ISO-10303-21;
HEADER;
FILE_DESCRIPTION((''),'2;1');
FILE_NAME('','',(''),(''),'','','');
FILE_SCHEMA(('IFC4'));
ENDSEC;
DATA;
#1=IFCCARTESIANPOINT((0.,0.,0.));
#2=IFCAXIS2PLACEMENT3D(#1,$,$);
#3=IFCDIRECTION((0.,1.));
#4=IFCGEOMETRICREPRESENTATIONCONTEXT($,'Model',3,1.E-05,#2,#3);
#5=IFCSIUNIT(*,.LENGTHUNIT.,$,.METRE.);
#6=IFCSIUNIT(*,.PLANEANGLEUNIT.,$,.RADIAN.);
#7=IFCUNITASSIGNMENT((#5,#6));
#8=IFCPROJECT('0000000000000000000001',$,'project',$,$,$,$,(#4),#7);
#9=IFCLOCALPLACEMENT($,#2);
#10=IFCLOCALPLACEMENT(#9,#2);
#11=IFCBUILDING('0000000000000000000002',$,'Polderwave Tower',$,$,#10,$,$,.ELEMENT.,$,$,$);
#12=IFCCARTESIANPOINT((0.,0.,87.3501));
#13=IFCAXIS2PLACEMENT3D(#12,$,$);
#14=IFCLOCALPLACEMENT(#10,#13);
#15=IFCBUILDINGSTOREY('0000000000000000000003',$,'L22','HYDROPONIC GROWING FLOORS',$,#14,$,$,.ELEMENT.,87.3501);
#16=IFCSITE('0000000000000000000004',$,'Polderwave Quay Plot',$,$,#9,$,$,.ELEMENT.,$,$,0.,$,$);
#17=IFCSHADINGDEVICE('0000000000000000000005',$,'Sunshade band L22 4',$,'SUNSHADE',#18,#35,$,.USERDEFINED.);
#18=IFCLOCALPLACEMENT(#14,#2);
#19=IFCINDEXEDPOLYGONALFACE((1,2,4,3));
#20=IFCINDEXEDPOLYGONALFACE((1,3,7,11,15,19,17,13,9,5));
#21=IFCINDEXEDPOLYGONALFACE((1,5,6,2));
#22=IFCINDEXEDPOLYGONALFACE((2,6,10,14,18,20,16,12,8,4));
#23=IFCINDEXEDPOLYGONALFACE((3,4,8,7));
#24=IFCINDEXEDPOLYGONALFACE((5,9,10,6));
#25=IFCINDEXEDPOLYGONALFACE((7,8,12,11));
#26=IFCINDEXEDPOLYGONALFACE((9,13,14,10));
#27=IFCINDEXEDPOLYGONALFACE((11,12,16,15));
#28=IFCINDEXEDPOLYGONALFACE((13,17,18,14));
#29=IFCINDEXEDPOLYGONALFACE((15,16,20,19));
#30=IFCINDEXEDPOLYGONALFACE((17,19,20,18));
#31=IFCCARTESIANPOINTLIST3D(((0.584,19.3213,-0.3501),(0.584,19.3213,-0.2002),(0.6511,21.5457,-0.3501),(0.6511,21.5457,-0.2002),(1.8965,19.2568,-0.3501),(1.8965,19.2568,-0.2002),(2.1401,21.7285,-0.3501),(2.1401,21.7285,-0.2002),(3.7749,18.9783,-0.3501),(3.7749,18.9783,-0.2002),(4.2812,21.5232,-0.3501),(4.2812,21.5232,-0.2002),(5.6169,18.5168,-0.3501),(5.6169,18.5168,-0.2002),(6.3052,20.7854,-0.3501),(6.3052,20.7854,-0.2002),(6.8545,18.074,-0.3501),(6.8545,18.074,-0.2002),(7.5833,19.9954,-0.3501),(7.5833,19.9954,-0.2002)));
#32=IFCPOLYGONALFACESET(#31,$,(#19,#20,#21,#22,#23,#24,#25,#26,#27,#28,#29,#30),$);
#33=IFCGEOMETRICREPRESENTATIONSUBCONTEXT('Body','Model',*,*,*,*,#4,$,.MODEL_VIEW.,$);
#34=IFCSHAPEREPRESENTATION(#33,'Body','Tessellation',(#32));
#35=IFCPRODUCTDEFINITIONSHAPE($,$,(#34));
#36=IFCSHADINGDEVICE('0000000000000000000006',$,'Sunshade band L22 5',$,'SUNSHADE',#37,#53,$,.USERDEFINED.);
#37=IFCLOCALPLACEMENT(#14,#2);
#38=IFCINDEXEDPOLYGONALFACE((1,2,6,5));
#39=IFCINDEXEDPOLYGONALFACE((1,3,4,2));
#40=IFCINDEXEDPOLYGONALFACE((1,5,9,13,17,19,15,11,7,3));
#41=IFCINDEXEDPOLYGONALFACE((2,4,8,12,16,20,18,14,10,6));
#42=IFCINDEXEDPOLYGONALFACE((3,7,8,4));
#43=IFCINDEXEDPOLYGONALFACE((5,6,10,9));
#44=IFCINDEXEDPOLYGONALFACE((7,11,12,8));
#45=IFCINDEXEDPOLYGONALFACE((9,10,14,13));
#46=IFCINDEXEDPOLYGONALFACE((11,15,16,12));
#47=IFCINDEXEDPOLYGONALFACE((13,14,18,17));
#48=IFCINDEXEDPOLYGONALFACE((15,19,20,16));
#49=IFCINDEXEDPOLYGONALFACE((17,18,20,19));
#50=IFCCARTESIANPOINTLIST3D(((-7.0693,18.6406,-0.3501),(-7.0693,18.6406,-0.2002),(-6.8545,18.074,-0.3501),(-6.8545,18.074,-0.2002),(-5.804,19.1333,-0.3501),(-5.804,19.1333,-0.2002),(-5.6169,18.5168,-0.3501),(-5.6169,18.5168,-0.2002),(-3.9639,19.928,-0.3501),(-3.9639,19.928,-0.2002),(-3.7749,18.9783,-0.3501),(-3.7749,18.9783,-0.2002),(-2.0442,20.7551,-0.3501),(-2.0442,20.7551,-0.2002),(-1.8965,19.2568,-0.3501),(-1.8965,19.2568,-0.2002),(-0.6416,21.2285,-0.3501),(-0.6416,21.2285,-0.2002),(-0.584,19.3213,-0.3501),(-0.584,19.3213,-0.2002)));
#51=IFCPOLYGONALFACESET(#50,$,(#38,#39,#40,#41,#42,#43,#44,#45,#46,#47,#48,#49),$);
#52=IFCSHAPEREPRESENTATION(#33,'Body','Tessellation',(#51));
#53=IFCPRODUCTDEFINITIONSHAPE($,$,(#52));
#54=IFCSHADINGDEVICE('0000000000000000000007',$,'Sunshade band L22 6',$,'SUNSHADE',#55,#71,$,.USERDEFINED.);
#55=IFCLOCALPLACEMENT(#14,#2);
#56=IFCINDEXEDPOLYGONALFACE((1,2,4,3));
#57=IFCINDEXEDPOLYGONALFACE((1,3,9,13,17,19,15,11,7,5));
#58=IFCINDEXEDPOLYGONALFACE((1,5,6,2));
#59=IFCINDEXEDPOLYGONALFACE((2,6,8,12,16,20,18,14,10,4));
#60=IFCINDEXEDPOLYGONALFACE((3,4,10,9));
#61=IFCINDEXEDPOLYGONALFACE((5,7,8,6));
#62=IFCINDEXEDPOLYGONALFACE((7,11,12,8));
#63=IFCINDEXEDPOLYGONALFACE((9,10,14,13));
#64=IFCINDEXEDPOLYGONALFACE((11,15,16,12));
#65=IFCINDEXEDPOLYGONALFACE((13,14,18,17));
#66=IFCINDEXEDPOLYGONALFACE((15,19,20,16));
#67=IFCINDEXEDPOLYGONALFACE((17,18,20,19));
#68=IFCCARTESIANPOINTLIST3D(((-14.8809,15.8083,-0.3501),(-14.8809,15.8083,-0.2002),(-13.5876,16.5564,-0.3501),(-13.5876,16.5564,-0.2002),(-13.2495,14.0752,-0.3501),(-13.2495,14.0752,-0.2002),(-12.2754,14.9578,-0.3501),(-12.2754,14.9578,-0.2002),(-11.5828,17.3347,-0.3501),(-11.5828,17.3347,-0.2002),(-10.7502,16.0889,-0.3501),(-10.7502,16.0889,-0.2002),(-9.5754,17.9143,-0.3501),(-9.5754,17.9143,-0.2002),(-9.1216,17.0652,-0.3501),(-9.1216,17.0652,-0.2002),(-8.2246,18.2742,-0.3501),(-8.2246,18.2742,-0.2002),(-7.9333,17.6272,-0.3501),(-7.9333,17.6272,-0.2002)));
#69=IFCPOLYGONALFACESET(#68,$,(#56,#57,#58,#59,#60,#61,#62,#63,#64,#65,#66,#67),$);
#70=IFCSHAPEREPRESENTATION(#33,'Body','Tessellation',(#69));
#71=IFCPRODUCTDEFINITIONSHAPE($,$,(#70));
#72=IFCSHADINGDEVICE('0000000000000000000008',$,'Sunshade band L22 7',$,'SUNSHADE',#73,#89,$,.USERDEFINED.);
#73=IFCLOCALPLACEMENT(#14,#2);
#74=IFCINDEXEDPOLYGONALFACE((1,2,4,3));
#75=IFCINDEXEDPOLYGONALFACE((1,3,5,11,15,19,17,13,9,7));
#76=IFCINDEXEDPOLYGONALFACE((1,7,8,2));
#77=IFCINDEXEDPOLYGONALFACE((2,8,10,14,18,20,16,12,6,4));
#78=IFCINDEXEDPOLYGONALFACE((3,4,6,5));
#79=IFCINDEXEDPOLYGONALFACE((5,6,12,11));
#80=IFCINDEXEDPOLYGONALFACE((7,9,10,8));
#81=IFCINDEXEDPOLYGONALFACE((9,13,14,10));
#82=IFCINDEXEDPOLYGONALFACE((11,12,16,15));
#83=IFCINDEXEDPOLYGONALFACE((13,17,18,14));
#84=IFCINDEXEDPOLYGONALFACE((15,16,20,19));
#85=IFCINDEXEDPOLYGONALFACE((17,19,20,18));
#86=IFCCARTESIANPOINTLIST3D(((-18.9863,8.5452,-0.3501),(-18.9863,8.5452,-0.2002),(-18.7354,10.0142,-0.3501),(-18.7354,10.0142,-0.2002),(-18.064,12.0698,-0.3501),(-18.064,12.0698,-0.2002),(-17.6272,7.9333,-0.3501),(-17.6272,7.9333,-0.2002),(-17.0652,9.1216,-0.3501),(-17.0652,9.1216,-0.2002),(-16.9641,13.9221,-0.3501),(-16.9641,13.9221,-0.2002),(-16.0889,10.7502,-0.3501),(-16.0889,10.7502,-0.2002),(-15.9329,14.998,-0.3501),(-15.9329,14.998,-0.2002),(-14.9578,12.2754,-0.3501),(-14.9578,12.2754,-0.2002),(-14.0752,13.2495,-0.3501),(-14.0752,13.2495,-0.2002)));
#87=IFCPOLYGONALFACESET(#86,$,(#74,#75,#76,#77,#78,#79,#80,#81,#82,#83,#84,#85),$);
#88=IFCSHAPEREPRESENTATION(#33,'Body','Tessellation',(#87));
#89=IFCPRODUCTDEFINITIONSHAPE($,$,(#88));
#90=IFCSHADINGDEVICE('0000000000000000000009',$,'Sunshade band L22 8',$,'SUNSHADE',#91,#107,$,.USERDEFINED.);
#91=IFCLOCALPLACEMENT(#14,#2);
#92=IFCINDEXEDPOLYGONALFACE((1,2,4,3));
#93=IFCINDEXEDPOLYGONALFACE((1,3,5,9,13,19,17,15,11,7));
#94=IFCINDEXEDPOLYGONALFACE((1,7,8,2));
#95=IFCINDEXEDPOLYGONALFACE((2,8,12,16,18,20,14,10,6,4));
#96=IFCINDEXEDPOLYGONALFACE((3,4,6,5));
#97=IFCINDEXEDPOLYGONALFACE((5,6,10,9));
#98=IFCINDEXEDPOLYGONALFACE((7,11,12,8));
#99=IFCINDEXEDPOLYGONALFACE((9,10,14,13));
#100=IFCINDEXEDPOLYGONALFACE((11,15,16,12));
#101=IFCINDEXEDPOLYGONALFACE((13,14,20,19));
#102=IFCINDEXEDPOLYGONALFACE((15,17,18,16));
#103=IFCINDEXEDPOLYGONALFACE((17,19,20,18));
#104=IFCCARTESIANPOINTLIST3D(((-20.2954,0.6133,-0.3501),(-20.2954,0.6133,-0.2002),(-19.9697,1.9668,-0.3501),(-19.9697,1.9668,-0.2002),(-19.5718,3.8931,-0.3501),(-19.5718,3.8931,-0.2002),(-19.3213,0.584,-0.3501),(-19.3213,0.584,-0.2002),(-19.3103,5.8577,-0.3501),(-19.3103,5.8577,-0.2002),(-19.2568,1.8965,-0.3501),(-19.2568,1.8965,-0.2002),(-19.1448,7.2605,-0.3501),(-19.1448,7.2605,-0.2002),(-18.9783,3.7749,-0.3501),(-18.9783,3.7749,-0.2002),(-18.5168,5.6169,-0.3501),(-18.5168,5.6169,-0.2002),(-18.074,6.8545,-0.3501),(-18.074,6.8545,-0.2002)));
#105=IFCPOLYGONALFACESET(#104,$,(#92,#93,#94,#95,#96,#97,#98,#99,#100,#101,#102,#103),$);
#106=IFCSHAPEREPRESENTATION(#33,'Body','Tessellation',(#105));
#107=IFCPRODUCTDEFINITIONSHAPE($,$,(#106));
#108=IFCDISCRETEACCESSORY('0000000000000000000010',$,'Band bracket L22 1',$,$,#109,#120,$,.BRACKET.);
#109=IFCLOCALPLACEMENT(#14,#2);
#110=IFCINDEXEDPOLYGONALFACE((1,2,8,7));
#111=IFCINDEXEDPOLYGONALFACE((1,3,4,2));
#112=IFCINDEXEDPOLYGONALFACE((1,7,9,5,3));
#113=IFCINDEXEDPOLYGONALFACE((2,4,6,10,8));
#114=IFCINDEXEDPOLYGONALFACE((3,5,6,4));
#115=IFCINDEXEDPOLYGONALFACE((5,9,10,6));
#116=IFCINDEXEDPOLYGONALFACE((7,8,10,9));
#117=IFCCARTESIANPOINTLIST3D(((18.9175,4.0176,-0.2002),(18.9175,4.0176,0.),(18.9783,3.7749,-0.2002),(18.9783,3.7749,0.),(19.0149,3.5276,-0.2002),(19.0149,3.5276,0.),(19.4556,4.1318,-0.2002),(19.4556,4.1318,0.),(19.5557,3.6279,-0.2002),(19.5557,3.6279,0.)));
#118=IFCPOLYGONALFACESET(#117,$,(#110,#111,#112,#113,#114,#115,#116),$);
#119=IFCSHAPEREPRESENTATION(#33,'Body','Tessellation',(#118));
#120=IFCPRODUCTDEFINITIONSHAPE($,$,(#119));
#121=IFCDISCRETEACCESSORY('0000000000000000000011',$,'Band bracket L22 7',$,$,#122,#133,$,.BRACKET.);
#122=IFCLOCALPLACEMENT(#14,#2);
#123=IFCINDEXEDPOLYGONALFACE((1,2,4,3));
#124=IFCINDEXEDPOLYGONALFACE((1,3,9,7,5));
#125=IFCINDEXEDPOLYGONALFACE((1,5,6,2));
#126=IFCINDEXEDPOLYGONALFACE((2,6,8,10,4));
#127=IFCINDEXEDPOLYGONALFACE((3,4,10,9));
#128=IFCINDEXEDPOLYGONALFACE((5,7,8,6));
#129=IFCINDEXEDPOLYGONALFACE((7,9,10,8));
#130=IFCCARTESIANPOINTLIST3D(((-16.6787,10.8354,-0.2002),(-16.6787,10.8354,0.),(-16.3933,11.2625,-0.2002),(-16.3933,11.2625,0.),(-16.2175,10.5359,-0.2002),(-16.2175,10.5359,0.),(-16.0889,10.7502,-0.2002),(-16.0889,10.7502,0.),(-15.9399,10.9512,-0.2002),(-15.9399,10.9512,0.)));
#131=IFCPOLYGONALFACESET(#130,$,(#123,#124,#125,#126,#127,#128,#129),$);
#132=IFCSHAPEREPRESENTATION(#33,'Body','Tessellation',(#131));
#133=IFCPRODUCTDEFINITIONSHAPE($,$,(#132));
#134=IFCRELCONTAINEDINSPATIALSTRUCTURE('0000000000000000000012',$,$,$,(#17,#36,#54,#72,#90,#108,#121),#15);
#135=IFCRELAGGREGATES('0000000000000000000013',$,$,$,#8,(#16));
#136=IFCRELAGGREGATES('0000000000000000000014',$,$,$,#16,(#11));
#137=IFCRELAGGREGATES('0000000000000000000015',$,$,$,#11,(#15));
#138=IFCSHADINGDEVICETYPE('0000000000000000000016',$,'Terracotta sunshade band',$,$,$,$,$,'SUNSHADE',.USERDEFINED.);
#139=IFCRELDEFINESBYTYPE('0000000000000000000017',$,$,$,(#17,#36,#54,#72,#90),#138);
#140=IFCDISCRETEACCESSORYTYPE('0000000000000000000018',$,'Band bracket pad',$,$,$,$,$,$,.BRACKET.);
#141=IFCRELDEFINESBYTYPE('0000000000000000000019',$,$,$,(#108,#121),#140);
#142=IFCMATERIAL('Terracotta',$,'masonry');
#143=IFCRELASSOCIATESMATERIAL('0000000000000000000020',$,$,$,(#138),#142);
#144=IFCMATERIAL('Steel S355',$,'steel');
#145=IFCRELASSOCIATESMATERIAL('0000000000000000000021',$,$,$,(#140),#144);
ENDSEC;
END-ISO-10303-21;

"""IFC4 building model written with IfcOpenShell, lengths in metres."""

from ifc_helpers import new_model, si_unit, direction, frame, origin, place, context, subcontext, project, spatial, polyline, outline, extrude, material, type_object, element, save


model = new_model("IFC4")

# Units and contexts
model_context = context("Model", 3, precision=1e-05, world=origin(), true_north=direction((0.0, 1.0)))
body_context = subcontext(model_context, "Body", "Model", "MODEL_VIEW")
ifc_project = project(units=[si_unit("LENGTHUNIT", "METRE"), si_unit("PLANEANGLEUNIT", "RADIAN")], contexts=[model_context])

# Site, building, storey
site_placement = place(None, origin())
site = spatial("IfcSite", under=ifc_project, at=site_placement, Name="Polderwave Quay Plot", CompositionType="ELEMENT", RefElevation=0.0)
building_placement = place(site_placement, origin())
building = spatial("IfcBuilding", under=site, at=building_placement, Name="Polderwave Tower", CompositionType="ELEMENT")
storey_placement = place(building_placement, frame((0.0, 0.0, 87.3501)))
storey = spatial("IfcBuildingStorey", under=building, at=storey_placement, Name="L22", Description="HYDROPONIC GROWING FLOORS", CompositionType="ELEMENT", Elevation=87.3501)

# Shading devices
ifc_material_1 = material(Name="Terracotta", Category="masonry")
shading_device_type = type_object("IfcShadingDeviceType", Name="Terracotta sunshade band", ElementType="SUNSHADE", PredefinedType="USERDEFINED", material=ifc_material_1)
shading_device_1_placement = place(storey_placement, frame((0.0, 0.0, -0.3501)))
element("IfcShadingDevice", 1, at=shading_device_1_placement, inside=storey, type_object=shading_device_type, Name="Sunshade band L22 4", ObjectType="SUNSHADE", PredefinedType="USERDEFINED", context=body_context, shape_type="SweptSolid", body=[
    extrude(outline(polyline([(6.8545, 18.074), (5.6169, 18.5168), (3.7749, 18.9783), (1.8965, 19.2568), (0.584, 19.3213), (0.6511, 21.5457), (2.1401, 21.7285), (4.2812, 21.5232), (6.3052, 20.7854), (7.5833, 19.9954), (6.8545, 18.074)])), origin(), (0.0, 0.0, 1.0), 0.1499),
])
shading_device_2_placement = place(storey_placement, frame((0.0, 0.0, -0.3501)))
element("IfcShadingDevice", 2, at=shading_device_2_placement, inside=storey, type_object=shading_device_type, Name="Sunshade band L22 5", ObjectType="SUNSHADE", PredefinedType="USERDEFINED", context=body_context, shape_type="SweptSolid", body=[
    extrude(outline(polyline([(-0.584, 19.3213), (-1.8965, 19.2568), (-3.7749, 18.9783), (-5.6169, 18.5168), (-6.8545, 18.074), (-7.0693, 18.6406), (-5.804, 19.1333), (-3.9639, 19.928), (-2.0442, 20.7551), (-0.6416, 21.2285), (-0.584, 19.3213)])), origin(), (0.0, 0.0, 1.0), 0.1499),
])
shading_device_3_placement = place(storey_placement, frame((0.0, 0.0, -0.3501)))
element("IfcShadingDevice", 3, at=shading_device_3_placement, inside=storey, type_object=shading_device_type, Name="Sunshade band L22 6", ObjectType="SUNSHADE", PredefinedType="USERDEFINED", context=body_context, shape_type="SweptSolid", body=[
    extrude(outline(polyline([(-7.9333, 17.6272), (-9.1216, 17.0652), (-10.7502, 16.0889), (-12.2754, 14.9578), (-13.2495, 14.0752), (-14.8809, 15.8083), (-13.5876, 16.5564), (-11.5828, 17.3347), (-9.5754, 17.9143), (-8.2246, 18.2742), (-7.9333, 17.6272)])), origin(), (0.0, 0.0, 1.0), 0.1499),
])
shading_device_4_placement = place(storey_placement, frame((0.0, 0.0, -0.3501)))
element("IfcShadingDevice", 4, at=shading_device_4_placement, inside=storey, type_object=shading_device_type, Name="Sunshade band L22 7", ObjectType="SUNSHADE", PredefinedType="USERDEFINED", context=body_context, shape_type="SweptSolid", body=[
    extrude(outline(polyline([(-14.0752, 13.2495), (-14.9578, 12.2754), (-16.0889, 10.7502), (-17.0652, 9.1216), (-17.6272, 7.9333), (-18.9863, 8.5452), (-18.7354, 10.0142), (-18.064, 12.0698), (-16.9641, 13.9221), (-15.9329, 14.998), (-14.0752, 13.2495)])), origin(), (0.0, 0.0, 1.0), 0.1499),
])
shading_device_5_placement = place(storey_placement, frame((0.0, 0.0, -0.3501)))
element("IfcShadingDevice", 5, at=shading_device_5_placement, inside=storey, type_object=shading_device_type, Name="Sunshade band L22 8", ObjectType="SUNSHADE", PredefinedType="USERDEFINED", context=body_context, shape_type="SweptSolid", body=[
    extrude(outline(polyline([(-18.074, 6.8545), (-18.5168, 5.6169), (-18.9783, 3.7749), (-19.2568, 1.8965), (-19.3213, 0.584), (-20.2954, 0.6133), (-19.9697, 1.9668), (-19.5718, 3.8931), (-19.3103, 5.8577), (-19.1448, 7.2605), (-18.074, 6.8545)])), origin(), (0.0, 0.0, 1.0), 0.1499),
])

# Discrete accessories
ifc_material_2 = material(Name="Steel S355", Category="steel")
discrete_accessory_type = type_object("IfcDiscreteAccessoryType", Name="Band bracket pad", PredefinedType="BRACKET", material=ifc_material_2)
discrete_accessory_1_placement = place(storey_placement, frame((0.0, 0.0, -0.2002)))
element("IfcDiscreteAccessory", 6, at=discrete_accessory_1_placement, inside=storey, type_object=discrete_accessory_type, Name="Band bracket L22 1", PredefinedType="BRACKET", context=body_context, shape_type="SweptSolid", body=[
    extrude(outline(polyline([(19.0149, 3.5276), (18.9783, 3.7749), (18.9175, 4.0176), (19.4556, 4.1318), (19.5557, 3.6279), (19.0149, 3.5276)])), origin(), (0.0, 0.0, 1.0), 0.2002),
])
discrete_accessory_2_placement = place(storey_placement, frame((0.0, 0.0, -0.2002)))
element("IfcDiscreteAccessory", 7, at=discrete_accessory_2_placement, inside=storey, type_object=discrete_accessory_type, Name="Band bracket L22 7", PredefinedType="BRACKET", context=body_context, shape_type="SweptSolid", body=[
    extrude(outline(polyline([(-15.9399, 10.9512), (-16.0889, 10.7502), (-16.2175, 10.5359), (-16.6787, 10.8354), (-16.3933, 11.2625), (-15.9399, 10.9512)])), origin(), (0.0, 0.0, 1.0), 0.2002),
])

save(model, "model.ifc")
